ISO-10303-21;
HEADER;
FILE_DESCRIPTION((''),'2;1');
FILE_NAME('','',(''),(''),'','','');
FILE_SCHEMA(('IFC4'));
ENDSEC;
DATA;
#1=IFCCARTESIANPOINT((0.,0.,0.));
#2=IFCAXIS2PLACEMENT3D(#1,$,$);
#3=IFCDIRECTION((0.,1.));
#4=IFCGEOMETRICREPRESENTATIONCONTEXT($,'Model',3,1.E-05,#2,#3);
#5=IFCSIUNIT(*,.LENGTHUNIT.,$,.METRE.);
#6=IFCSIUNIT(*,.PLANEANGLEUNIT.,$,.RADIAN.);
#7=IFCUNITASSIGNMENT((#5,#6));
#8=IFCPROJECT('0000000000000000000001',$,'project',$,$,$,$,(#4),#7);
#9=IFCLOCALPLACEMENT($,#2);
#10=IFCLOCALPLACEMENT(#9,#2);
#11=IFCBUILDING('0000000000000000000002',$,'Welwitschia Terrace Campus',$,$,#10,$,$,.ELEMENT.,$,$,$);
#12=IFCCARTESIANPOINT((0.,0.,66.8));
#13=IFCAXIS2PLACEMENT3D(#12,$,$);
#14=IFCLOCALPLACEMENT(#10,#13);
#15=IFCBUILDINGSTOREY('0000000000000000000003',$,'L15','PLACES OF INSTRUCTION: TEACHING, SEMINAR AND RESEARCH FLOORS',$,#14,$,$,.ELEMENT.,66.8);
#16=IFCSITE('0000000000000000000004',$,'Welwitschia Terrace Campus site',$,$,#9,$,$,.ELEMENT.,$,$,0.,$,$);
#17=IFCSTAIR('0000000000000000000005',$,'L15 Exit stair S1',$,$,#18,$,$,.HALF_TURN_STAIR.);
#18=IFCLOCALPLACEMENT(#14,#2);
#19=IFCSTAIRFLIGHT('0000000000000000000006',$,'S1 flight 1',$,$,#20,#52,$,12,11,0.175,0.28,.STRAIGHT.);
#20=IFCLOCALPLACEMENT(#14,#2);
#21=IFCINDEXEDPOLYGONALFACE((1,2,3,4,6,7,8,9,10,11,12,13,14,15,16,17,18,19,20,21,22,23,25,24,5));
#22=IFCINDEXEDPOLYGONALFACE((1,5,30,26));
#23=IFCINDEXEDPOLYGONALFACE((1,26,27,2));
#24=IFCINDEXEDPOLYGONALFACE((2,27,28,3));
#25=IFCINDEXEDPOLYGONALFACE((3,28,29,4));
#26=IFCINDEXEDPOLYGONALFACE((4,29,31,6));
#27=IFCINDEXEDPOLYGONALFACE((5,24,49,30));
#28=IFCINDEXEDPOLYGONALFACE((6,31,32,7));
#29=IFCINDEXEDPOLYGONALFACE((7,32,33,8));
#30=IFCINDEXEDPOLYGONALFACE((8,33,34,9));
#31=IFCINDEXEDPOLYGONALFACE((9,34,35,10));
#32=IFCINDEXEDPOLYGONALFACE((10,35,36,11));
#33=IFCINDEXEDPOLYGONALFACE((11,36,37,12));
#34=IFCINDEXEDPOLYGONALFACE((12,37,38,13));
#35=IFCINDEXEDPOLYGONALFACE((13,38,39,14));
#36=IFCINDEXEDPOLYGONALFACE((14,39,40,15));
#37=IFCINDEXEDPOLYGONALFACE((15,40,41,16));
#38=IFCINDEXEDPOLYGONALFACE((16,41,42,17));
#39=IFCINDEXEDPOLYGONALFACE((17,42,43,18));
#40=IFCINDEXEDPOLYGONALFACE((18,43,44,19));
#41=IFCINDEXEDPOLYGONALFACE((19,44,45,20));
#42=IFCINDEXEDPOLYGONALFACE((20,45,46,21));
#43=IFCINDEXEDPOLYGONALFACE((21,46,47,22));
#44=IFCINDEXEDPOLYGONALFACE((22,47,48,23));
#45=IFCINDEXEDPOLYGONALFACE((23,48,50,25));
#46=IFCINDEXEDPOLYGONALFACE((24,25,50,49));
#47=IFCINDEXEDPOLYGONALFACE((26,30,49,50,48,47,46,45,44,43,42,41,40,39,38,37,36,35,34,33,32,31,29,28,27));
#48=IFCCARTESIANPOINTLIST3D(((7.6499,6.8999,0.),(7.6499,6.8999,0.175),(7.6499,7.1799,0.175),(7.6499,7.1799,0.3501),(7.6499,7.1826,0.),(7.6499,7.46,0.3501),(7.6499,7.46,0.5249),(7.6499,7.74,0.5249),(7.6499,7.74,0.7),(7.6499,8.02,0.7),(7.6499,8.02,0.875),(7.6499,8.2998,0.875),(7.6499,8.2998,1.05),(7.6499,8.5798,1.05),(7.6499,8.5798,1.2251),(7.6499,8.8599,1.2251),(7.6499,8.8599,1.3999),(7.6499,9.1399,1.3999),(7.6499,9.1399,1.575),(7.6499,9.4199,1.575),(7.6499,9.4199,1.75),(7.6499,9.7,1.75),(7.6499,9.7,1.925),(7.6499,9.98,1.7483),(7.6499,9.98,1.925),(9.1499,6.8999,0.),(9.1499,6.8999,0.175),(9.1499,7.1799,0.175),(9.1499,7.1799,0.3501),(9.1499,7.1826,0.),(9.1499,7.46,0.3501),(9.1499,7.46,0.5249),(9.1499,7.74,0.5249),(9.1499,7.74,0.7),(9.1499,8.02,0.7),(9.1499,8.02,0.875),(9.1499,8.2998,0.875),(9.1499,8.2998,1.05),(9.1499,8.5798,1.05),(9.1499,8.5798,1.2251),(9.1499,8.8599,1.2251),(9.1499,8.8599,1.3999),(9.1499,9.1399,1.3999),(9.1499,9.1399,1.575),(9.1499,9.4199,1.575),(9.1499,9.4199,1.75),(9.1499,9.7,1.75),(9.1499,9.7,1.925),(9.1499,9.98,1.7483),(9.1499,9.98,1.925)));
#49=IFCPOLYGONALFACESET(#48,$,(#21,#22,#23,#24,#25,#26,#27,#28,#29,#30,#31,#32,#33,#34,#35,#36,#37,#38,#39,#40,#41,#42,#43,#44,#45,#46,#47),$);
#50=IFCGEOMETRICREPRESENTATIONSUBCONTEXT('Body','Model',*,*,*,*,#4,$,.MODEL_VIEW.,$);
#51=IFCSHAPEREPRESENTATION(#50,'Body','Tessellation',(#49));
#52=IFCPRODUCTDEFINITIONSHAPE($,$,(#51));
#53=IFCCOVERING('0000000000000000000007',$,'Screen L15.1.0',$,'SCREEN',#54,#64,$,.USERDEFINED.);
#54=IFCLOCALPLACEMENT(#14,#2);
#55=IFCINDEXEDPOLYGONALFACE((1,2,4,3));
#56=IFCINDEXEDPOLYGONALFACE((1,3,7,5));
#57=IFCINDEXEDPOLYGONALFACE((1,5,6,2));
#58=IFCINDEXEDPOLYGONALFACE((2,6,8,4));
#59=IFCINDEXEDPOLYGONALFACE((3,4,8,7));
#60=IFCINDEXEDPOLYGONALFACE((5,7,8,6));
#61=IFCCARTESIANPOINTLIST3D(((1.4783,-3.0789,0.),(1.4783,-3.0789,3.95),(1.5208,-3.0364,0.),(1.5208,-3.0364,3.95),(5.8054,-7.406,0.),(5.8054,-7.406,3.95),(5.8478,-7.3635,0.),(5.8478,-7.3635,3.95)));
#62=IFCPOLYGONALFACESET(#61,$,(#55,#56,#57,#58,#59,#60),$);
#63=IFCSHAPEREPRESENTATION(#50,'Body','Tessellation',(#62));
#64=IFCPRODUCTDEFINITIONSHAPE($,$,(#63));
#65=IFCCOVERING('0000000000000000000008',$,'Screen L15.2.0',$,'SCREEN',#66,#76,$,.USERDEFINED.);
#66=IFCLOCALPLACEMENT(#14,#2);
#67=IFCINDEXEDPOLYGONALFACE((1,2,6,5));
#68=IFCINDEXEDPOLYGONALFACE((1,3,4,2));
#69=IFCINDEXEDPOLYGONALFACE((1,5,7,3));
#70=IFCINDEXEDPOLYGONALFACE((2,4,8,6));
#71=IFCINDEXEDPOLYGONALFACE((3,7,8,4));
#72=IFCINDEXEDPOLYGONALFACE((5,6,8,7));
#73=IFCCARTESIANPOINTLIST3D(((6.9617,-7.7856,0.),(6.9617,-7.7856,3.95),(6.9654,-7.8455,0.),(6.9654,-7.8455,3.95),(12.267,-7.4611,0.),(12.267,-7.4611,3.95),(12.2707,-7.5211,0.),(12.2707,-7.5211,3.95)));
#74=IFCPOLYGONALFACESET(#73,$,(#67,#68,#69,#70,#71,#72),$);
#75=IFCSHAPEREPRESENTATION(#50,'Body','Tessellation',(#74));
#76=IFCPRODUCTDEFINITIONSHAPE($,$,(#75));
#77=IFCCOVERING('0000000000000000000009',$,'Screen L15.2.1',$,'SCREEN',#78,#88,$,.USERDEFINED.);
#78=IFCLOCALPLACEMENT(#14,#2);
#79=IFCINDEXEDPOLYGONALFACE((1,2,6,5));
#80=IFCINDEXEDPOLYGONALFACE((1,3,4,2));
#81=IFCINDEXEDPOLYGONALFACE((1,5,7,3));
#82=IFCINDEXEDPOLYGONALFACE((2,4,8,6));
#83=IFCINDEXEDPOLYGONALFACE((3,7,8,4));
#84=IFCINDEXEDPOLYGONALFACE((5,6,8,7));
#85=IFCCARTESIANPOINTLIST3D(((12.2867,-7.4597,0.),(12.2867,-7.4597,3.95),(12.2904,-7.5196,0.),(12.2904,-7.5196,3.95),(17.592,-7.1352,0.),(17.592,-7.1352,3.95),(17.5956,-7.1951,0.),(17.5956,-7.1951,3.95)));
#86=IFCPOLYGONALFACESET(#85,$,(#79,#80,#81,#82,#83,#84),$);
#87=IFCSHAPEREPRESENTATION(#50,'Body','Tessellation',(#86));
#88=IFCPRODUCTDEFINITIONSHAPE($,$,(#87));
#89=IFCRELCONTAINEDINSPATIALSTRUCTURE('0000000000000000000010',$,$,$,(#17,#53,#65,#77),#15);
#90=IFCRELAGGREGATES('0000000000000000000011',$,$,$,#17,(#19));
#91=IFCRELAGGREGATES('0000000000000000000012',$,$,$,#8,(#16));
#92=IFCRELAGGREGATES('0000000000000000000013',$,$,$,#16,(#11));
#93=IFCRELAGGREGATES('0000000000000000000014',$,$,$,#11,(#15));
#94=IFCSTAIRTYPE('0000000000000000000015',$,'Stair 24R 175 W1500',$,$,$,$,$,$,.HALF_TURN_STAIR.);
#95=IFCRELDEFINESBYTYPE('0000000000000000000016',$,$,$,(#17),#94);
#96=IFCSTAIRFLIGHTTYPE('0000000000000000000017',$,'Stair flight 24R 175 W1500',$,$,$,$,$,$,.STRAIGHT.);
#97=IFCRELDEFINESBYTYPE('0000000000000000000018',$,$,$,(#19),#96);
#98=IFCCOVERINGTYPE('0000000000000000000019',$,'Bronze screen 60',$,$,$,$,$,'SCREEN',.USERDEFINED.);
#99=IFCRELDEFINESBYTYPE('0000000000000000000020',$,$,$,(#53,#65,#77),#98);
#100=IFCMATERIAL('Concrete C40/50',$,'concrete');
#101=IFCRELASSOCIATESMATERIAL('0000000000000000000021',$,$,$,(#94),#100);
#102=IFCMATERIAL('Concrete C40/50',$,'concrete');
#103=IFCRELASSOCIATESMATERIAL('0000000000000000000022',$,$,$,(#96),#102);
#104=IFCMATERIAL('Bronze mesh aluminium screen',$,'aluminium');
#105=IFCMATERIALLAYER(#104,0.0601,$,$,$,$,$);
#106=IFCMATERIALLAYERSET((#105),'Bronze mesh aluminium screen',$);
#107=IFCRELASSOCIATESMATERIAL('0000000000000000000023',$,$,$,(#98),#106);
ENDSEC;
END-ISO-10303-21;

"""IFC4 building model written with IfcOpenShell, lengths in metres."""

from ifc_helpers import new_model, si_unit, direction, frame, origin, origin_2d, place, context, subcontext, project, spatial, polyline, rectangle, outline, extrude, material, layer, layer_set, type_object, element, aggregate, save


model = new_model("IFC4")

# Units and contexts
model_context = context("Model", 3, precision=1e-05, world=origin(), true_north=direction((0.0, 1.0)))
body_context = subcontext(model_context, "Body", "Model", "MODEL_VIEW")
ifc_project = project(units=[si_unit("LENGTHUNIT", "METRE"), si_unit("PLANEANGLEUNIT", "RADIAN")], contexts=[model_context])

# Site, building, storey
site_placement = place(None, origin())
site = spatial("IfcSite", under=ifc_project, at=site_placement, Name="Welwitschia Terrace Campus site", CompositionType="ELEMENT", RefElevation=0.0)
building_placement = place(site_placement, origin())
building = spatial("IfcBuilding", under=site, at=building_placement, Name="Welwitschia Terrace Campus", CompositionType="ELEMENT")
storey_placement = place(building_placement, frame((0.0, 0.0, 66.8)))
storey = spatial("IfcBuildingStorey", under=building, at=storey_placement, Name="L15", Description="PLACES OF INSTRUCTION: TEACHING, SEMINAR AND RESEARCH FLOORS", CompositionType="ELEMENT", Elevation=66.8)

# Stair, stair flight
ifc_material_1 = material(Name="Concrete C40/50", Category="concrete")
stair_type = type_object("IfcStairType", Name="Stair 24R 175 W1500", PredefinedType="HALF_TURN_STAIR", material=ifc_material_1)
stair_placement = place(storey_placement, origin())
stair = element("IfcStair", 1, at=stair_placement, inside=storey, type_object=stair_type, Name="L15 Exit stair S1", PredefinedType="HALF_TURN_STAIR")
ifc_material_2 = material(Name="Concrete C40/50", Category="concrete")
stair_flight_type = type_object("IfcStairFlightType", Name="Stair flight 24R 175 W1500", PredefinedType="STRAIGHT", material=ifc_material_2)
stair_flight_placement = place(storey_placement, frame((8.3999, 6.8999, 0.0), z_axis=(0.0, 0.0, 1.0), x_axis=(0.0, 1.0, 0.0)))
stair_flight = element("IfcStairFlight", 2, at=stair_flight_placement, type_object=stair_flight_type, Name="S1 flight 1", NumberOfRisers=12, NumberOfTreads=11, PredefinedType="STRAIGHT", RiserHeight=0.175, TreadLength=0.28, context=body_context, shape_type="SweptSolid", body=[
    extrude(outline(polyline([(0.0, 0.0), (0.0, 0.175), (0.28, 0.175), (0.28, 0.3501), (0.5601, 0.3501), (0.5601, 0.5249), (0.8401, 0.5249), (0.8401, 0.7), (1.1201, 0.7), (1.1201, 0.875), (1.3999, 0.875), (1.3999, 1.05), (1.6799, 1.05), (1.6799, 1.2251), (1.96, 1.2251), (1.96, 1.3999), (2.24, 1.3999), (2.24, 1.575), (2.52, 1.575), (2.52, 1.75), (2.8, 1.75), (2.8, 1.925), (3.0801, 1.925), (3.0801, 2.1001), (3.0801, 1.7483), (0.2827, 0.0), (0.0, 0.0)])), frame((0.0, 0.75, 0.0), z_axis=(0.0, -1.0, 0.0), x_axis=(1.0, 0.0, 0.0)), (0.0, 0.0, 1.0), 1.5),
])
aggregate(stair, [stair_flight])

# Coverings
ifc_material_3 = material(Name="Bronze mesh aluminium screen", Category="aluminium")
ifc_layer_1 = layer(ifc_material_3, 0.0601)
ifc_layer_set_1 = layer_set([ifc_layer_1], Name="Bronze mesh aluminium screen")
covering_type = type_object("IfcCoveringType", Name="Bronze screen 60", ElementType="SCREEN", PredefinedType="USERDEFINED", material=ifc_layer_set_1)
covering_placement = place(storey_placement, frame((3.6631, -5.2212, 0.0), z_axis=(0.0, 0.0, 1.0), x_axis=(0.707107, -0.707107, 0.0)))
element("IfcCovering", 3, at=covering_placement, inside=storey, type_object=covering_type, Name="Screen L15.1.0", ObjectType="SCREEN", PredefinedType="USERDEFINED", context=body_context, shape_type="SweptSolid", body=[
    extrude(rectangle(XDim=6.1194, YDim=0.0601, at=origin_2d()), origin(), (0.0, 0.0, 1.0), 3.95),
])
for number, where, z_axis, x_axis, name in (
    (4, (9.6162, -7.6533, 0.0), (0.0, 0.0, 1.0), (0.998135, 0.061049, 0.0), "Screen L15.2.0"),
    (5, (14.9412, -7.3274, 0.0), (0.0, 0.0, 1.0), (0.998135, 0.061049, 0.0), "Screen L15.2.1"),
):
    element("IfcCovering", number, at=place(storey_placement, frame(where, z_axis=z_axis, x_axis=x_axis)), inside=storey, type_object=covering_type, Name=name, ObjectType="SCREEN", PredefinedType="USERDEFINED", context=body_context, shape_type="SweptSolid", body=[
        extrude(rectangle(XDim=5.3152, YDim=0.0601, at=origin_2d()), origin(), (0.0, 0.0, 1.0), 3.95),
    ])

save(model, "model.ifc")
